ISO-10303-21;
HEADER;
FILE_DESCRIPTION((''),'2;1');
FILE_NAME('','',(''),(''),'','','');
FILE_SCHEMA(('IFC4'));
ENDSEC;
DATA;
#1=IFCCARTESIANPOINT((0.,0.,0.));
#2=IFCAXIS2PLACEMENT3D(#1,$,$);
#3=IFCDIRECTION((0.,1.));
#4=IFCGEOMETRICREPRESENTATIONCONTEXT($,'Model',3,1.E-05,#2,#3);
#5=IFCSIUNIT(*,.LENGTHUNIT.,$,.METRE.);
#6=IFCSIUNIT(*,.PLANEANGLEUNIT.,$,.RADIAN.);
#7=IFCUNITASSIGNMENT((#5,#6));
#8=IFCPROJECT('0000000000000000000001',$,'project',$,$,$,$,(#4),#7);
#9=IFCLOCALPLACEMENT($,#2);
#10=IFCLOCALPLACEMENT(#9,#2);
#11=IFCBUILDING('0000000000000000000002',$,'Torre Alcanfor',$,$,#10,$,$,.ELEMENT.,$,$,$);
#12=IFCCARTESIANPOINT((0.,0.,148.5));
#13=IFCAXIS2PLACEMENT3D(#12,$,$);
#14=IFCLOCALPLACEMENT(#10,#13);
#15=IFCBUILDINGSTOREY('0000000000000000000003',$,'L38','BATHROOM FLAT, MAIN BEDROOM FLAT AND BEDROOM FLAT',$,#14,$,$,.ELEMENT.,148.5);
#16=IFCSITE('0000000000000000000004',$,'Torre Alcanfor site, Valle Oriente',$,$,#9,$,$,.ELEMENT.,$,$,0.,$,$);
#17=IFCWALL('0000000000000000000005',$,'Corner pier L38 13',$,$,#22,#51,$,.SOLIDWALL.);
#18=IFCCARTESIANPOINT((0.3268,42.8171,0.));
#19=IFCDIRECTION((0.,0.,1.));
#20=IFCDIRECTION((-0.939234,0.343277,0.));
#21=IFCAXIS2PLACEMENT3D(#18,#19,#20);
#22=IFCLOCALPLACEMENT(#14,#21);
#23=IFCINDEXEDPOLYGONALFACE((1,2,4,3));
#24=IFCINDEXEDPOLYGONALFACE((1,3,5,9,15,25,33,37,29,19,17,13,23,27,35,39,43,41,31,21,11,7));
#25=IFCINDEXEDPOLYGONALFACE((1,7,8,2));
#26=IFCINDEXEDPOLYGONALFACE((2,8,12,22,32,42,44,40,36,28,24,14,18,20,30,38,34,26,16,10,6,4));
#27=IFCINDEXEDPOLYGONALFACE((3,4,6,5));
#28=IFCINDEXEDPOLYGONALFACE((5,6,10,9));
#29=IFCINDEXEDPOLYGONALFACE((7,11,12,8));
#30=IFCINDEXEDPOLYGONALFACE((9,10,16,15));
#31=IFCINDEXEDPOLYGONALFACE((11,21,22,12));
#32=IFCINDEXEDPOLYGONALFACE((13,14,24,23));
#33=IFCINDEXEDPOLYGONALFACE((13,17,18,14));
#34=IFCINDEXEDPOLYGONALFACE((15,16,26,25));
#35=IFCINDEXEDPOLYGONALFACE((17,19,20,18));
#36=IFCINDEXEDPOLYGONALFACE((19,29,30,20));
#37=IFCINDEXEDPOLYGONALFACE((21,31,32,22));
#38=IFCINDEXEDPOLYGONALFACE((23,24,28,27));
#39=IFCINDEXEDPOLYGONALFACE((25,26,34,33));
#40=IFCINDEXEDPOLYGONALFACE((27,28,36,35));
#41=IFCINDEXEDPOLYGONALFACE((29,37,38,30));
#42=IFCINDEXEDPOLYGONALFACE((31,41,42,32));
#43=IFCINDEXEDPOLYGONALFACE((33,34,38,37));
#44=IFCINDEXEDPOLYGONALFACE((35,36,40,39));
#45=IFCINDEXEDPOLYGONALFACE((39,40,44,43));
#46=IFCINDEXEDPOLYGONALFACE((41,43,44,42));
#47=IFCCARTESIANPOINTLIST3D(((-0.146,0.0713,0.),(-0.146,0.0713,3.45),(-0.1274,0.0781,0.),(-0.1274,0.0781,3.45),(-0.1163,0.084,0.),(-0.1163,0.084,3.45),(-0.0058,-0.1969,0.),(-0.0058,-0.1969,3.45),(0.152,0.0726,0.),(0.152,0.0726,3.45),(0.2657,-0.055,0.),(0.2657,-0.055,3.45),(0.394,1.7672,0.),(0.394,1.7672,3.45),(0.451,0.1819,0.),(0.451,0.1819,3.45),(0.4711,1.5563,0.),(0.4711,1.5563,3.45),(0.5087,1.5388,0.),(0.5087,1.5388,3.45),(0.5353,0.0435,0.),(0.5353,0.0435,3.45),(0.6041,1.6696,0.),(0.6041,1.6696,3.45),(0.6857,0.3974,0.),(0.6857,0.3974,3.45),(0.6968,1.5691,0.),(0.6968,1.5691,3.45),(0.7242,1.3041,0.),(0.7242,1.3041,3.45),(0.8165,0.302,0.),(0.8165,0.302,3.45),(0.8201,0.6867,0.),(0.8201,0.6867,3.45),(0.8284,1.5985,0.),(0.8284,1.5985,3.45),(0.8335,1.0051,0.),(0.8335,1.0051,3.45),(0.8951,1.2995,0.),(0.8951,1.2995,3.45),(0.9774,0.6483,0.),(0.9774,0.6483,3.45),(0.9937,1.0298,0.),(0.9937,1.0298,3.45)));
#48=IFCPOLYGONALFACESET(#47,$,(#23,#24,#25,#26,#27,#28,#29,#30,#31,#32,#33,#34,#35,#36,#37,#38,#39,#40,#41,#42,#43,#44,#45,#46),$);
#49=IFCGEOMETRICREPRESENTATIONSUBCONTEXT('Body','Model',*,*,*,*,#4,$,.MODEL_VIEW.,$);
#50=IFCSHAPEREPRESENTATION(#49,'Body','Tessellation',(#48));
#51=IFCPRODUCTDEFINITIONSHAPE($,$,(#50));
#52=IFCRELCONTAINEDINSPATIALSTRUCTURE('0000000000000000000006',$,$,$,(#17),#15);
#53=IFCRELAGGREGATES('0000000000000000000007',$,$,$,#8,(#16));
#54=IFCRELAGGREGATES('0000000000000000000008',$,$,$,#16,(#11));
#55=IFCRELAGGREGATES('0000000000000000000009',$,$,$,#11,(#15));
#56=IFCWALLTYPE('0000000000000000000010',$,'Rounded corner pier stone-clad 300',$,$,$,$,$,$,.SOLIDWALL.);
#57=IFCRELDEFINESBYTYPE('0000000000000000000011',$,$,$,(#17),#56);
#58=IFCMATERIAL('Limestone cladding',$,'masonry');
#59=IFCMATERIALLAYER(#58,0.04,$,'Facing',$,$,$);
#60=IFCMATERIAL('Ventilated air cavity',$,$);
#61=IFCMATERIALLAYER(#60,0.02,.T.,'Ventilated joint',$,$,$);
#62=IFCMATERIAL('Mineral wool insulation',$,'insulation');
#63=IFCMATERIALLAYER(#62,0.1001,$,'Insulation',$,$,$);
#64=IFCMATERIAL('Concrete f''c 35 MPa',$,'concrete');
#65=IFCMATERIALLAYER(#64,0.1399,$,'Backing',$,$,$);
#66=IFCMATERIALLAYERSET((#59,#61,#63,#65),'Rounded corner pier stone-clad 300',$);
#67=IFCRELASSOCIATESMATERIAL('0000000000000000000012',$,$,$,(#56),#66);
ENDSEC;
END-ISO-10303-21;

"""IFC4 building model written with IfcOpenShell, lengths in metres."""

from ifc_helpers import new_model, si_unit, direction, frame, origin, place, context, subcontext, project, spatial, polyline, outline, extrude, material, layer, layer_set, type_object, element, save


model = new_model("IFC4")

# Units and contexts
model_context = context("Model", 3, precision=1e-05, world=origin(), true_north=direction((0.0, 1.0)))
body_context = subcontext(model_context, "Body", "Model", "MODEL_VIEW")
ifc_project = project(units=[si_unit("LENGTHUNIT", "METRE"), si_unit("PLANEANGLEUNIT", "RADIAN")], contexts=[model_context])

# Site, building, storey
site_placement = place(None, origin())
site = spatial("IfcSite", under=ifc_project, at=site_placement, Name="Torre Alcanfor site, Valle Oriente", CompositionType="ELEMENT", RefElevation=0.0)
building_placement = place(site_placement, origin())
building = spatial("IfcBuilding", under=site, at=building_placement, Name="Torre Alcanfor", CompositionType="ELEMENT")
storey_placement = place(building_placement, frame((0.0, 0.0, 148.5)))
storey = spatial("IfcBuildingStorey", under=building, at=storey_placement, Name="L38", Description="BATHROOM FLAT, MAIN BEDROOM FLAT AND BEDROOM FLAT", CompositionType="ELEMENT", Elevation=148.5)

# Wall
ifc_material_1 = material(Name="Limestone cladding", Category="masonry")
ifc_layer_1 = layer(ifc_material_1, 0.04, Name="Facing")
ifc_material_2 = material(Name="Ventilated air cavity")
ifc_layer_2 = layer(ifc_material_2, 0.02, ventilated=True, Name="Ventilated joint")
ifc_material_3 = material(Name="Mineral wool insulation", Category="insulation")
ifc_layer_3 = layer(ifc_material_3, 0.1001, Name="Insulation")
ifc_material_4 = material(Name="Concrete f'c 35 MPa", Category="concrete")
ifc_layer_4 = layer(ifc_material_4, 0.1399, Name="Backing")
ifc_layer_set_1 = layer_set([ifc_layer_1, ifc_layer_2, ifc_layer_3, ifc_layer_4], Name="Rounded corner pier stone-clad 300")
wall_type_1 = type_object("IfcWallType", Name="Rounded corner pier stone-clad 300", PredefinedType="SOLIDWALL", material=ifc_layer_set_1)
wall_1_placement = place(storey_placement, frame((0.3268, 42.8171, 0.0), z_axis=(0.0, 0.0, 1.0), x_axis=(-0.939234, 0.343277, 0.0)))
element("IfcWall", 1, at=wall_1_placement, inside=storey, type_object=wall_type_1, Name="Corner pier L38 13", PredefinedType="SOLIDWALL", context=body_context, shape_type="SweptSolid", body=[
    extrude(outline(polyline([(-0.0058, -0.1969), (0.2657, -0.055), (0.5353, 0.0435), (0.8165, 0.302), (0.9774, 0.6483), (0.9937, 1.0298), (0.8951, 1.2995), (0.8284, 1.5985), (0.6968, 1.5691), (0.6041, 1.6696), (0.394, 1.7672), (0.4711, 1.5563), (0.5087, 1.5388), (0.7242, 1.3041), (0.8335, 1.0051), (0.8201, 0.6867), (0.6857, 0.3974), (0.451, 0.1819), (0.152, 0.0726), (-0.1163, 0.084), (-0.1274, 0.0781), (-0.146, 0.0713), (-0.0058, -0.1969)])), origin(), (0.0, 0.0, 1.0), 3.45),
])

save(model, "model.ifc")
